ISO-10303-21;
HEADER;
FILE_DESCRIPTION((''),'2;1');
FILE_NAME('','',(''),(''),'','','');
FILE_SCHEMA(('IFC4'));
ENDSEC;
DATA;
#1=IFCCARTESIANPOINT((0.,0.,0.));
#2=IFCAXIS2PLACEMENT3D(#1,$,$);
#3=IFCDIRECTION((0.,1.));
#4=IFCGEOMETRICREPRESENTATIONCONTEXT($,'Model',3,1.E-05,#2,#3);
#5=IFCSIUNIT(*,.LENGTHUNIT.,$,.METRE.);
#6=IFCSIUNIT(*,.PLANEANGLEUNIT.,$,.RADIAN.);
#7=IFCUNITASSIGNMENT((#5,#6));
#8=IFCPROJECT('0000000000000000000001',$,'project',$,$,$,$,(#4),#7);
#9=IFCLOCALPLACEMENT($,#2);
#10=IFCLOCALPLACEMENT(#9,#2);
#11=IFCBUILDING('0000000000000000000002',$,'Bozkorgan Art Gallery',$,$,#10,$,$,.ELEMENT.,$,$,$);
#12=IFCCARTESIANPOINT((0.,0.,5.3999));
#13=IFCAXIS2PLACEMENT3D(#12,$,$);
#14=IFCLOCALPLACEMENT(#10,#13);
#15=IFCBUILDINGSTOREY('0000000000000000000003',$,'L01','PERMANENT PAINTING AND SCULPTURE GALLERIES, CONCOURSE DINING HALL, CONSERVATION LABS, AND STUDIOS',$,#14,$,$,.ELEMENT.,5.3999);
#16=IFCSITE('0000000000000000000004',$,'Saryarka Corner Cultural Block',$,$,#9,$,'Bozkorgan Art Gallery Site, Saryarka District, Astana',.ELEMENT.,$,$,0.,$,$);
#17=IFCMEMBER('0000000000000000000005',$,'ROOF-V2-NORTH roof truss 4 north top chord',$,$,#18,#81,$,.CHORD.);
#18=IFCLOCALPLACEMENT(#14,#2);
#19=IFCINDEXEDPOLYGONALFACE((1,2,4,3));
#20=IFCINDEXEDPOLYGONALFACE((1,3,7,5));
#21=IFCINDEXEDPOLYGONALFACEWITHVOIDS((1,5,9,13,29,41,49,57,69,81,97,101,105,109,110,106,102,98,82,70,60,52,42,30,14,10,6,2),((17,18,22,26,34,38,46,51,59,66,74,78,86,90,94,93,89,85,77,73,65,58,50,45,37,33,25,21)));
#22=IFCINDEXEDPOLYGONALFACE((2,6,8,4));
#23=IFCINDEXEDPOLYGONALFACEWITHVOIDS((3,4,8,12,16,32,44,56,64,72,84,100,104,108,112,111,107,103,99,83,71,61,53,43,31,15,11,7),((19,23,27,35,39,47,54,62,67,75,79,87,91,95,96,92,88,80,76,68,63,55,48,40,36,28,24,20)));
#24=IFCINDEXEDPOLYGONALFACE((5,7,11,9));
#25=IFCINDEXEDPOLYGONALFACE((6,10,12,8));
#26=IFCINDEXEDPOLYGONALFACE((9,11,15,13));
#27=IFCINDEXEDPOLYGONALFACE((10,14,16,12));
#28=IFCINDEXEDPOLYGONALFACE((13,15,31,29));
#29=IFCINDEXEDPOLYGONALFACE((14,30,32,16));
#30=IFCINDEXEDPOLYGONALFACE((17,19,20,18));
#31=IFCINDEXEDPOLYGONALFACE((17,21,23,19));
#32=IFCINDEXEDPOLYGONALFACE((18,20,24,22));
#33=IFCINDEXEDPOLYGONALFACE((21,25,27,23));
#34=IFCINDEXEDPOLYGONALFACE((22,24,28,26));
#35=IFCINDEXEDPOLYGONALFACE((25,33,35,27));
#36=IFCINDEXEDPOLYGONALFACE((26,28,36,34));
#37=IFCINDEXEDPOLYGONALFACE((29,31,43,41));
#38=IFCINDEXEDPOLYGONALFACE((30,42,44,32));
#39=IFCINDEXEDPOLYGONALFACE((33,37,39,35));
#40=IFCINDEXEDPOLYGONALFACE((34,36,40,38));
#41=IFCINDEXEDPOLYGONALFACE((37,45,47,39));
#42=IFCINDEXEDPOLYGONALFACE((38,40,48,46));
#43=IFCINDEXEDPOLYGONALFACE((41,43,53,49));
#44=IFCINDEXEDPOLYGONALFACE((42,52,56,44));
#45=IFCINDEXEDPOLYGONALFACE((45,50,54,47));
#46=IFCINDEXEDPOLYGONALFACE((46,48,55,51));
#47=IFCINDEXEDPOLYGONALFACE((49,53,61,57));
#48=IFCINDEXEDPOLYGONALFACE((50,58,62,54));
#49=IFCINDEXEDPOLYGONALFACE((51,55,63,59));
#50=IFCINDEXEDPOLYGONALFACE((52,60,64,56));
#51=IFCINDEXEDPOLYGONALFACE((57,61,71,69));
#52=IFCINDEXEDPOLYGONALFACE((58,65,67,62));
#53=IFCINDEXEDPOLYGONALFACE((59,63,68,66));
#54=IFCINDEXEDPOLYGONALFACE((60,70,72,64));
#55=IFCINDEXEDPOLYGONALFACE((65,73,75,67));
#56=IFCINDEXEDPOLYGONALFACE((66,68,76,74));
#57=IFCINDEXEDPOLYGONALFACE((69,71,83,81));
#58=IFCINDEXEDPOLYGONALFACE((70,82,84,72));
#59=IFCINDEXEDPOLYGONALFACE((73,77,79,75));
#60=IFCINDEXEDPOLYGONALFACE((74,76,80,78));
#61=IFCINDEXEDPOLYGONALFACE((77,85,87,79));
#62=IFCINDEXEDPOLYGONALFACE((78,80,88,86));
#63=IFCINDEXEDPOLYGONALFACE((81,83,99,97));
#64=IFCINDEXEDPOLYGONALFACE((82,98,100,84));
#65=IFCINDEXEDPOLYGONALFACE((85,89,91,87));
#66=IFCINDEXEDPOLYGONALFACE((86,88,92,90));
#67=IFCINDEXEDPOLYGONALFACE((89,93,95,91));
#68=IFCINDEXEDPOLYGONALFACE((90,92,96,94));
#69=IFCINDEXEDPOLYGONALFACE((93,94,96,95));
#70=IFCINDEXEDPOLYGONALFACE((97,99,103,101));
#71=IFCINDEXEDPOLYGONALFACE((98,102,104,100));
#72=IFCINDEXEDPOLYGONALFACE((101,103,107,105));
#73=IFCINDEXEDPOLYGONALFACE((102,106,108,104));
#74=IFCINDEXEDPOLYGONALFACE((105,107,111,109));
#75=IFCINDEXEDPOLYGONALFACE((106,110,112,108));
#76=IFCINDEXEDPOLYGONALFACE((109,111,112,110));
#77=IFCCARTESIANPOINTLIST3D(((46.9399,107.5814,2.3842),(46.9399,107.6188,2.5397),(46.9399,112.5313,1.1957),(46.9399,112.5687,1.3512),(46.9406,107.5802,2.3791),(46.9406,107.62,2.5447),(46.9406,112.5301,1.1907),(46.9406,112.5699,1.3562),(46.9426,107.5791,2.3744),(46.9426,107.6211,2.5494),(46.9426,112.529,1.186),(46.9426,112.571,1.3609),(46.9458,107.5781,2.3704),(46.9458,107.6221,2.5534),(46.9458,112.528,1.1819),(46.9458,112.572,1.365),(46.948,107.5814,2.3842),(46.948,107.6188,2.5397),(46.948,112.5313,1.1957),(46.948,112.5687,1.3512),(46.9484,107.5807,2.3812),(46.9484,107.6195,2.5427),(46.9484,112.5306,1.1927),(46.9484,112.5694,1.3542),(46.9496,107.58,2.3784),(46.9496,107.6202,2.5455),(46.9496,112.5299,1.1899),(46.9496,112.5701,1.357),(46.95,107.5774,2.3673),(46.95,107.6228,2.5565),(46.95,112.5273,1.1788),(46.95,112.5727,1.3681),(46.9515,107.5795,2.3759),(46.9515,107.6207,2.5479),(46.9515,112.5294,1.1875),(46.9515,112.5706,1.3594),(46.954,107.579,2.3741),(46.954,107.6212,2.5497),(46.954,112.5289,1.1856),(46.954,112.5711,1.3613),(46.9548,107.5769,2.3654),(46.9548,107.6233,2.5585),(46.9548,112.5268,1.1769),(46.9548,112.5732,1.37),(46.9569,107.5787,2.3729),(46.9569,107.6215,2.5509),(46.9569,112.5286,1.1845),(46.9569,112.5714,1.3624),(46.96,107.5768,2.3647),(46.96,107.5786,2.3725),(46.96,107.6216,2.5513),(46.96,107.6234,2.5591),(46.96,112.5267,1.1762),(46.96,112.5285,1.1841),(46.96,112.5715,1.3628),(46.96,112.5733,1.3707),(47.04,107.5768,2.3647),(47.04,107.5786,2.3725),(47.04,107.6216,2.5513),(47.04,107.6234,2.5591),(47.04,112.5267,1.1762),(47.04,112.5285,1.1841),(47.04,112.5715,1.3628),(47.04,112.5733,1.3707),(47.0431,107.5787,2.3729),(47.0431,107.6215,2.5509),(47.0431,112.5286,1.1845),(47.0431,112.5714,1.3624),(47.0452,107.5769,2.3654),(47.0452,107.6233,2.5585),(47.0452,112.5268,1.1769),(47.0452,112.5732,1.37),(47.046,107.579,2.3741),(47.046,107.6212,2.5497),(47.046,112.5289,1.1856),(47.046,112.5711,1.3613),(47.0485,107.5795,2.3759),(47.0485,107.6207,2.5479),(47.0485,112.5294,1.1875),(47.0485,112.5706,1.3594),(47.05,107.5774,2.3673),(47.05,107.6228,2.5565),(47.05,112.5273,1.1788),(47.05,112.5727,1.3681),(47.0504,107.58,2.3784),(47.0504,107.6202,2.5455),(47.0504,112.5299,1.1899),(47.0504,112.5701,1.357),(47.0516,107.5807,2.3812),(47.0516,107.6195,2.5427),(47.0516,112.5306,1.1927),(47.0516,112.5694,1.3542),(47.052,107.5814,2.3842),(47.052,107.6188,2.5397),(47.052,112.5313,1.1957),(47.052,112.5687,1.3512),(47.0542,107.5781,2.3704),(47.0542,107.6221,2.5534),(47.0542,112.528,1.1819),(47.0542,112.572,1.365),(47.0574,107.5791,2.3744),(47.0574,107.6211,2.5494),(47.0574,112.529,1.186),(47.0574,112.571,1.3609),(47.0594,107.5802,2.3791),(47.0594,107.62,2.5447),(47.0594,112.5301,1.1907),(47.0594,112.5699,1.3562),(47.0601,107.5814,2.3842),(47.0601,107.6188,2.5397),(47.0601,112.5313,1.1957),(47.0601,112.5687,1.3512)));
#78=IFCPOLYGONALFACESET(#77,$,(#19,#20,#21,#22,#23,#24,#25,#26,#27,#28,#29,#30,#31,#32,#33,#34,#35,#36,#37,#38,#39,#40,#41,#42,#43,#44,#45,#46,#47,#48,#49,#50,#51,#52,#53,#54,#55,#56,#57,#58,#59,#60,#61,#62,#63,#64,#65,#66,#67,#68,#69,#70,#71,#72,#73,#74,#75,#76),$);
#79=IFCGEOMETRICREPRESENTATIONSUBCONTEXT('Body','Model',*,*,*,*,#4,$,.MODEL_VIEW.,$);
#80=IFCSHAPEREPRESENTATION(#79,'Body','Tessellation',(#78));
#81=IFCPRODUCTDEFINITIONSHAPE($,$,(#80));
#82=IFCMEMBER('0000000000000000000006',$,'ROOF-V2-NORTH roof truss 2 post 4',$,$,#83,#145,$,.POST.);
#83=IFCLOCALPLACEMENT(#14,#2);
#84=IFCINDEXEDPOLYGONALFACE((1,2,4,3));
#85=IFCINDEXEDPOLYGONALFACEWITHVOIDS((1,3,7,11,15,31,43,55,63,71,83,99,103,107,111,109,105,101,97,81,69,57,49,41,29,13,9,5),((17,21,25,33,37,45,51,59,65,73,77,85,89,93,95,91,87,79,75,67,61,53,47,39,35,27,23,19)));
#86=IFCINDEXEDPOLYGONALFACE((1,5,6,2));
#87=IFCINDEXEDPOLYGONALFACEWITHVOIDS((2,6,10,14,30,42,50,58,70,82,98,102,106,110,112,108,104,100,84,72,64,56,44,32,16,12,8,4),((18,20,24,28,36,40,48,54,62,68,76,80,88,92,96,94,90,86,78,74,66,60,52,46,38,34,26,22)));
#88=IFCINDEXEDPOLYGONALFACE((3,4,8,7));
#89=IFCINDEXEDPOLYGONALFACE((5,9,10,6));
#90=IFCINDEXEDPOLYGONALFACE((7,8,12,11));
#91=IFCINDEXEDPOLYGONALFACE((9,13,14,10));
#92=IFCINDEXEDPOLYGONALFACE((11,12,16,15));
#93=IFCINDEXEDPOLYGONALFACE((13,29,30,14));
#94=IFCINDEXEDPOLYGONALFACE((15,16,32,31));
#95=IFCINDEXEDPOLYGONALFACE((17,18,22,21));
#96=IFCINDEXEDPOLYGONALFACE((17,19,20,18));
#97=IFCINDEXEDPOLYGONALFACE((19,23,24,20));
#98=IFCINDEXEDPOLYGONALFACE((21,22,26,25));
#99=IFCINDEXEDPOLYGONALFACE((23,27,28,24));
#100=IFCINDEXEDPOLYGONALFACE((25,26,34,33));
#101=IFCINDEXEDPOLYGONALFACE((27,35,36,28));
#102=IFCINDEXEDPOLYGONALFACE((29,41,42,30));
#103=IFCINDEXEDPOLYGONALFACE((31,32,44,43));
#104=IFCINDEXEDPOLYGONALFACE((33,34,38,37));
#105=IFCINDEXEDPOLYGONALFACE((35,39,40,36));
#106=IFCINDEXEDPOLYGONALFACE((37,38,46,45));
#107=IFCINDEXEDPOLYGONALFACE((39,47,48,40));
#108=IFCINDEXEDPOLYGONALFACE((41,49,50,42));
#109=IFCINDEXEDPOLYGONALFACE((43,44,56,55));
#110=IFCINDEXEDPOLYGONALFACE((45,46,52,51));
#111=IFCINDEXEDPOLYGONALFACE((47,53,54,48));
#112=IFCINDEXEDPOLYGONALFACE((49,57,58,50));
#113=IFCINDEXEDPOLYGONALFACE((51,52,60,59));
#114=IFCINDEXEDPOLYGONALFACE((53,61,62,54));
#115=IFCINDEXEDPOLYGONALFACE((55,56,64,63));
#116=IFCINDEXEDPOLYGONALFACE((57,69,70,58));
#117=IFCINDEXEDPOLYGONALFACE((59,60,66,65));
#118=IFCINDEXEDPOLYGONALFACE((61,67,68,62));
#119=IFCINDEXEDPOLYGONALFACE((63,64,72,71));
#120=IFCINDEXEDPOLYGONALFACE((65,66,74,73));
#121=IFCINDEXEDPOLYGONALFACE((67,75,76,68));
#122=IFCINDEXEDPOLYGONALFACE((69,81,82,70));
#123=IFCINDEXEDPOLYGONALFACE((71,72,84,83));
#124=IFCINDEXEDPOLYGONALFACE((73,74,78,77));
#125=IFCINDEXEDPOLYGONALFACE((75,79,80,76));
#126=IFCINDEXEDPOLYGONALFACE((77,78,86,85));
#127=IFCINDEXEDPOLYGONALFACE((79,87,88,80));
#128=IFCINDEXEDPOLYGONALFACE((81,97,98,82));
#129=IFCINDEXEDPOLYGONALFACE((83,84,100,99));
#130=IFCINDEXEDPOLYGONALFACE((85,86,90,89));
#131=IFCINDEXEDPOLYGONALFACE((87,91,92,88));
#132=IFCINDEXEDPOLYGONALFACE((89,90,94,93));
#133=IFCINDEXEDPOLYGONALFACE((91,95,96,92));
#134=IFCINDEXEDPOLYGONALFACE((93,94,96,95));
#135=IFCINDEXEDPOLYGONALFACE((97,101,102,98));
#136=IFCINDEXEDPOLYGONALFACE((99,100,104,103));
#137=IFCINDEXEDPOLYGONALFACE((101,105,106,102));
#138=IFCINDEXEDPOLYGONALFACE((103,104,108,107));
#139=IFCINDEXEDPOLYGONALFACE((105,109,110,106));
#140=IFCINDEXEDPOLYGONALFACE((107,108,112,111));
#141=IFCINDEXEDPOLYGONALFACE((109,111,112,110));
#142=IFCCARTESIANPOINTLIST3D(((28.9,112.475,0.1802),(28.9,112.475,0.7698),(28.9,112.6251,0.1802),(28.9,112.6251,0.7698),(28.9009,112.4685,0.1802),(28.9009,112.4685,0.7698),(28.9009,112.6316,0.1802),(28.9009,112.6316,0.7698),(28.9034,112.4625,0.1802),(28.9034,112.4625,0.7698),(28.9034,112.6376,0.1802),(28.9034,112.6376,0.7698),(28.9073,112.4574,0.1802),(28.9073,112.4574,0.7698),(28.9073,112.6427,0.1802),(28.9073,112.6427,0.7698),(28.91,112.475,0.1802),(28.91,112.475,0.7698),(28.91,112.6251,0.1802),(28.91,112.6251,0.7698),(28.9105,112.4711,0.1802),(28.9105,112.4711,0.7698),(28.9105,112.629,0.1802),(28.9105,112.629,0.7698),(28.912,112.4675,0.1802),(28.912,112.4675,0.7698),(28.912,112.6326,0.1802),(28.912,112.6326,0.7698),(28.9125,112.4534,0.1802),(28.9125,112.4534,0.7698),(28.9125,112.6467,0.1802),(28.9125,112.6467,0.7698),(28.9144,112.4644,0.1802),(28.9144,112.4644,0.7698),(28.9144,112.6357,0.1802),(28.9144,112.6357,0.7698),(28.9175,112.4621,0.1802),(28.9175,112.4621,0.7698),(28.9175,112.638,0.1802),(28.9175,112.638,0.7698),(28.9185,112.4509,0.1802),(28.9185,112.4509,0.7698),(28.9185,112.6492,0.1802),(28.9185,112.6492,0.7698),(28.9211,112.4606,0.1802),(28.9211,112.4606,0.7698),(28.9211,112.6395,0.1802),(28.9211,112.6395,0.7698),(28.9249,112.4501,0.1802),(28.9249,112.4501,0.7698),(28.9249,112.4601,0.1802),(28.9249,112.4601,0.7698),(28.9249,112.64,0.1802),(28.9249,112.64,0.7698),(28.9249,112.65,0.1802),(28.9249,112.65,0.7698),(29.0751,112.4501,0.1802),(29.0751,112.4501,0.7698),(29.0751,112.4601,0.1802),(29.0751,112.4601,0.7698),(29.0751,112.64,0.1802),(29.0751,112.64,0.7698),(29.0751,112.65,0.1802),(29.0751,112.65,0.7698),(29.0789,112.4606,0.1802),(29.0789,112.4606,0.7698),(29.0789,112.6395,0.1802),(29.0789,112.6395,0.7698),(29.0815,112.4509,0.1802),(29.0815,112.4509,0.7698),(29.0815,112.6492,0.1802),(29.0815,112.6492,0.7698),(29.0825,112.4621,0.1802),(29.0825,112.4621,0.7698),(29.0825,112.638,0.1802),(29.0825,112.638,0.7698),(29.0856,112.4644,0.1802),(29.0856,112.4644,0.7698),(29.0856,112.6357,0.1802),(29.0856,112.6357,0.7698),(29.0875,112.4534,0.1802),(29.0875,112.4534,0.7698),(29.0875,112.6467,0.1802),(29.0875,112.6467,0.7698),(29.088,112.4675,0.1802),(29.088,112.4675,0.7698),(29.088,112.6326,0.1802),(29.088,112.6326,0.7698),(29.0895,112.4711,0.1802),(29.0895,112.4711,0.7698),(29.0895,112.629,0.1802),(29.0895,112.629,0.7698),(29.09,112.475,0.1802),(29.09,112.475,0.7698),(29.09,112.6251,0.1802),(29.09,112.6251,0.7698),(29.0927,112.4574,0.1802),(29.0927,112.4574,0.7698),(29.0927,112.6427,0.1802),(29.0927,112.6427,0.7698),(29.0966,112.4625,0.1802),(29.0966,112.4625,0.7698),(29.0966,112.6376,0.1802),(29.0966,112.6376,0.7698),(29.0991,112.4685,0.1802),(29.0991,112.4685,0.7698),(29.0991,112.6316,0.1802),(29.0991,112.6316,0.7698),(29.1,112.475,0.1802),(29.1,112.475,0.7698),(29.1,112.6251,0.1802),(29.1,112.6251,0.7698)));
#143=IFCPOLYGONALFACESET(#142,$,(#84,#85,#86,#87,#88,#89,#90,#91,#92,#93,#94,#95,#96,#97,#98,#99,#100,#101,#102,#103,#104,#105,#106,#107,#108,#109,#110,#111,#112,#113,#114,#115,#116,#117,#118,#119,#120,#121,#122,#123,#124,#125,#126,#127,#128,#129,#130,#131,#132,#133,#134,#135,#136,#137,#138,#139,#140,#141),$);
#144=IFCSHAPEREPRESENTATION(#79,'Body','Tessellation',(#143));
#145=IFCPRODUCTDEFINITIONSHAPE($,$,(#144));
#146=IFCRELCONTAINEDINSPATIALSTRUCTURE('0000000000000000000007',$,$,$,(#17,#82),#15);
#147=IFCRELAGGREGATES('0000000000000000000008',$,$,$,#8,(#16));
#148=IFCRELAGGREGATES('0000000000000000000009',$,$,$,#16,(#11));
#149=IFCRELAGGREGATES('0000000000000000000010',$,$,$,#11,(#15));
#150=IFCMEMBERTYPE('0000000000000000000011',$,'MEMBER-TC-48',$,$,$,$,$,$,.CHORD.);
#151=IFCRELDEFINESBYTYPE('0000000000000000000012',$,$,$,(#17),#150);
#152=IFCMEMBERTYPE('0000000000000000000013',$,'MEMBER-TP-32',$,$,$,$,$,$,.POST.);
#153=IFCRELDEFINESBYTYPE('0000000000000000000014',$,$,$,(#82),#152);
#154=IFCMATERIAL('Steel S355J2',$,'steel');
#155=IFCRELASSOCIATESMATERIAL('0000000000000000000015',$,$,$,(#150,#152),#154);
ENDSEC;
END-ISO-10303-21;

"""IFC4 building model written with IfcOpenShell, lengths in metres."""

from ifc_helpers import new_model, si_unit, direction, frame, origin, origin_2d, place, context, subcontext, project, spatial, hollow_rectangle, extrude, material, material_profile, profile_set, type_object, element, save


model = new_model("IFC4")

# Units and contexts
model_context = context("Model", 3, precision=1e-05, world=origin(), true_north=direction((0.0, 1.0)))
body_context = subcontext(model_context, "Body", "Model", "MODEL_VIEW")
ifc_project = project(units=[si_unit("LENGTHUNIT", "METRE"), si_unit("PLANEANGLEUNIT", "RADIAN")], contexts=[model_context])

# Site, building, storey
site_placement = place(None, origin())
site = spatial("IfcSite", under=ifc_project, at=site_placement, Name="Saryarka Corner Cultural Block", LongName="Bozkorgan Art Gallery Site, Saryarka District, Astana", CompositionType="ELEMENT", RefElevation=0.0)
building_placement = place(site_placement, origin())
building = spatial("IfcBuilding", under=site, at=building_placement, Name="Bozkorgan Art Gallery", CompositionType="ELEMENT")
storey_placement = place(building_placement, frame((0.0, 0.0, 5.3999)))
storey = spatial("IfcBuildingStorey", under=building, at=storey_placement, Name="L01", Description="PERMANENT PAINTING AND SCULPTURE GALLERIES, CONCOURSE DINING HALL, CONSERVATION LABS, AND STUDIOS", CompositionType="ELEMENT", Elevation=5.3999)

# Members
ifc_material_1 = material(Name="Steel S355J2", Category="steel")
ifc_material_profile_1 = material_profile(ifc_material_1, hollow_rectangle(XDim=0.1201, YDim=0.2, WallThickness=0.0081, InnerFilletRadius=0.012, OuterFilletRadius=0.02, at=origin_2d()), Name="RHS 200x120x8")
ifc_profile_set_1 = profile_set([ifc_material_profile_1], Name="Steel S355J2")
member_type_1 = type_object("IfcMemberType", Name="MEMBER-TC-48", PredefinedType="CHORD", material=ifc_profile_set_1)
for number, where, z_axis, x_axis, name in (
    (1, (47.0, 107.6001, 2.4619), (0.0, 0.972366, -0.233464), (-1.0, 0.0, 0.0), "ROOF-V2-NORTH roof truss 4 north top chord"),
):
    element("IfcMember", number, at=place(storey_placement, frame(where, z_axis=z_axis, x_axis=x_axis)), inside=storey, type_object=member_type_1, Name=name, PredefinedType="CHORD", context=body_context, shape_type="SweptSolid", body=[
        extrude(hollow_rectangle(XDim=0.1201, YDim=0.2, WallThickness=0.0081, InnerFilletRadius=0.012, OuterFilletRadius=0.02, at=origin_2d()), origin(), (0.0, 0.0, 1.0), 5.0906),
    ])
ifc_material_profile_2 = material_profile(ifc_material_1, hollow_rectangle(XDim=0.2, YDim=0.2, WallThickness=0.01, InnerFilletRadius=0.0149, OuterFilletRadius=0.0249, at=origin_2d()), Name="SHS 200x200x10")
ifc_profile_set_2 = profile_set([ifc_material_profile_2], Name="Steel S355J2")
member_type_2 = type_object("IfcMemberType", Name="MEMBER-TP-32", PredefinedType="POST", material=ifc_profile_set_2)
member_1_placement = place(storey_placement, frame((29.0, 112.55, 0.1802), z_axis=(0.0, 0.0, 1.0), x_axis=(1.0, 0.0, 0.0)))
element("IfcMember", 2, at=member_1_placement, inside=storey, type_object=member_type_2, Name="ROOF-V2-NORTH roof truss 2 post 4", PredefinedType="POST", context=body_context, shape_type="SweptSolid", body=[
    extrude(hollow_rectangle(XDim=0.2, YDim=0.2, WallThickness=0.01, InnerFilletRadius=0.0149, OuterFilletRadius=0.0249, at=origin_2d()), origin(), (0.0, 0.0, 1.0), 0.5896),
])

save(model, "model.ifc")
